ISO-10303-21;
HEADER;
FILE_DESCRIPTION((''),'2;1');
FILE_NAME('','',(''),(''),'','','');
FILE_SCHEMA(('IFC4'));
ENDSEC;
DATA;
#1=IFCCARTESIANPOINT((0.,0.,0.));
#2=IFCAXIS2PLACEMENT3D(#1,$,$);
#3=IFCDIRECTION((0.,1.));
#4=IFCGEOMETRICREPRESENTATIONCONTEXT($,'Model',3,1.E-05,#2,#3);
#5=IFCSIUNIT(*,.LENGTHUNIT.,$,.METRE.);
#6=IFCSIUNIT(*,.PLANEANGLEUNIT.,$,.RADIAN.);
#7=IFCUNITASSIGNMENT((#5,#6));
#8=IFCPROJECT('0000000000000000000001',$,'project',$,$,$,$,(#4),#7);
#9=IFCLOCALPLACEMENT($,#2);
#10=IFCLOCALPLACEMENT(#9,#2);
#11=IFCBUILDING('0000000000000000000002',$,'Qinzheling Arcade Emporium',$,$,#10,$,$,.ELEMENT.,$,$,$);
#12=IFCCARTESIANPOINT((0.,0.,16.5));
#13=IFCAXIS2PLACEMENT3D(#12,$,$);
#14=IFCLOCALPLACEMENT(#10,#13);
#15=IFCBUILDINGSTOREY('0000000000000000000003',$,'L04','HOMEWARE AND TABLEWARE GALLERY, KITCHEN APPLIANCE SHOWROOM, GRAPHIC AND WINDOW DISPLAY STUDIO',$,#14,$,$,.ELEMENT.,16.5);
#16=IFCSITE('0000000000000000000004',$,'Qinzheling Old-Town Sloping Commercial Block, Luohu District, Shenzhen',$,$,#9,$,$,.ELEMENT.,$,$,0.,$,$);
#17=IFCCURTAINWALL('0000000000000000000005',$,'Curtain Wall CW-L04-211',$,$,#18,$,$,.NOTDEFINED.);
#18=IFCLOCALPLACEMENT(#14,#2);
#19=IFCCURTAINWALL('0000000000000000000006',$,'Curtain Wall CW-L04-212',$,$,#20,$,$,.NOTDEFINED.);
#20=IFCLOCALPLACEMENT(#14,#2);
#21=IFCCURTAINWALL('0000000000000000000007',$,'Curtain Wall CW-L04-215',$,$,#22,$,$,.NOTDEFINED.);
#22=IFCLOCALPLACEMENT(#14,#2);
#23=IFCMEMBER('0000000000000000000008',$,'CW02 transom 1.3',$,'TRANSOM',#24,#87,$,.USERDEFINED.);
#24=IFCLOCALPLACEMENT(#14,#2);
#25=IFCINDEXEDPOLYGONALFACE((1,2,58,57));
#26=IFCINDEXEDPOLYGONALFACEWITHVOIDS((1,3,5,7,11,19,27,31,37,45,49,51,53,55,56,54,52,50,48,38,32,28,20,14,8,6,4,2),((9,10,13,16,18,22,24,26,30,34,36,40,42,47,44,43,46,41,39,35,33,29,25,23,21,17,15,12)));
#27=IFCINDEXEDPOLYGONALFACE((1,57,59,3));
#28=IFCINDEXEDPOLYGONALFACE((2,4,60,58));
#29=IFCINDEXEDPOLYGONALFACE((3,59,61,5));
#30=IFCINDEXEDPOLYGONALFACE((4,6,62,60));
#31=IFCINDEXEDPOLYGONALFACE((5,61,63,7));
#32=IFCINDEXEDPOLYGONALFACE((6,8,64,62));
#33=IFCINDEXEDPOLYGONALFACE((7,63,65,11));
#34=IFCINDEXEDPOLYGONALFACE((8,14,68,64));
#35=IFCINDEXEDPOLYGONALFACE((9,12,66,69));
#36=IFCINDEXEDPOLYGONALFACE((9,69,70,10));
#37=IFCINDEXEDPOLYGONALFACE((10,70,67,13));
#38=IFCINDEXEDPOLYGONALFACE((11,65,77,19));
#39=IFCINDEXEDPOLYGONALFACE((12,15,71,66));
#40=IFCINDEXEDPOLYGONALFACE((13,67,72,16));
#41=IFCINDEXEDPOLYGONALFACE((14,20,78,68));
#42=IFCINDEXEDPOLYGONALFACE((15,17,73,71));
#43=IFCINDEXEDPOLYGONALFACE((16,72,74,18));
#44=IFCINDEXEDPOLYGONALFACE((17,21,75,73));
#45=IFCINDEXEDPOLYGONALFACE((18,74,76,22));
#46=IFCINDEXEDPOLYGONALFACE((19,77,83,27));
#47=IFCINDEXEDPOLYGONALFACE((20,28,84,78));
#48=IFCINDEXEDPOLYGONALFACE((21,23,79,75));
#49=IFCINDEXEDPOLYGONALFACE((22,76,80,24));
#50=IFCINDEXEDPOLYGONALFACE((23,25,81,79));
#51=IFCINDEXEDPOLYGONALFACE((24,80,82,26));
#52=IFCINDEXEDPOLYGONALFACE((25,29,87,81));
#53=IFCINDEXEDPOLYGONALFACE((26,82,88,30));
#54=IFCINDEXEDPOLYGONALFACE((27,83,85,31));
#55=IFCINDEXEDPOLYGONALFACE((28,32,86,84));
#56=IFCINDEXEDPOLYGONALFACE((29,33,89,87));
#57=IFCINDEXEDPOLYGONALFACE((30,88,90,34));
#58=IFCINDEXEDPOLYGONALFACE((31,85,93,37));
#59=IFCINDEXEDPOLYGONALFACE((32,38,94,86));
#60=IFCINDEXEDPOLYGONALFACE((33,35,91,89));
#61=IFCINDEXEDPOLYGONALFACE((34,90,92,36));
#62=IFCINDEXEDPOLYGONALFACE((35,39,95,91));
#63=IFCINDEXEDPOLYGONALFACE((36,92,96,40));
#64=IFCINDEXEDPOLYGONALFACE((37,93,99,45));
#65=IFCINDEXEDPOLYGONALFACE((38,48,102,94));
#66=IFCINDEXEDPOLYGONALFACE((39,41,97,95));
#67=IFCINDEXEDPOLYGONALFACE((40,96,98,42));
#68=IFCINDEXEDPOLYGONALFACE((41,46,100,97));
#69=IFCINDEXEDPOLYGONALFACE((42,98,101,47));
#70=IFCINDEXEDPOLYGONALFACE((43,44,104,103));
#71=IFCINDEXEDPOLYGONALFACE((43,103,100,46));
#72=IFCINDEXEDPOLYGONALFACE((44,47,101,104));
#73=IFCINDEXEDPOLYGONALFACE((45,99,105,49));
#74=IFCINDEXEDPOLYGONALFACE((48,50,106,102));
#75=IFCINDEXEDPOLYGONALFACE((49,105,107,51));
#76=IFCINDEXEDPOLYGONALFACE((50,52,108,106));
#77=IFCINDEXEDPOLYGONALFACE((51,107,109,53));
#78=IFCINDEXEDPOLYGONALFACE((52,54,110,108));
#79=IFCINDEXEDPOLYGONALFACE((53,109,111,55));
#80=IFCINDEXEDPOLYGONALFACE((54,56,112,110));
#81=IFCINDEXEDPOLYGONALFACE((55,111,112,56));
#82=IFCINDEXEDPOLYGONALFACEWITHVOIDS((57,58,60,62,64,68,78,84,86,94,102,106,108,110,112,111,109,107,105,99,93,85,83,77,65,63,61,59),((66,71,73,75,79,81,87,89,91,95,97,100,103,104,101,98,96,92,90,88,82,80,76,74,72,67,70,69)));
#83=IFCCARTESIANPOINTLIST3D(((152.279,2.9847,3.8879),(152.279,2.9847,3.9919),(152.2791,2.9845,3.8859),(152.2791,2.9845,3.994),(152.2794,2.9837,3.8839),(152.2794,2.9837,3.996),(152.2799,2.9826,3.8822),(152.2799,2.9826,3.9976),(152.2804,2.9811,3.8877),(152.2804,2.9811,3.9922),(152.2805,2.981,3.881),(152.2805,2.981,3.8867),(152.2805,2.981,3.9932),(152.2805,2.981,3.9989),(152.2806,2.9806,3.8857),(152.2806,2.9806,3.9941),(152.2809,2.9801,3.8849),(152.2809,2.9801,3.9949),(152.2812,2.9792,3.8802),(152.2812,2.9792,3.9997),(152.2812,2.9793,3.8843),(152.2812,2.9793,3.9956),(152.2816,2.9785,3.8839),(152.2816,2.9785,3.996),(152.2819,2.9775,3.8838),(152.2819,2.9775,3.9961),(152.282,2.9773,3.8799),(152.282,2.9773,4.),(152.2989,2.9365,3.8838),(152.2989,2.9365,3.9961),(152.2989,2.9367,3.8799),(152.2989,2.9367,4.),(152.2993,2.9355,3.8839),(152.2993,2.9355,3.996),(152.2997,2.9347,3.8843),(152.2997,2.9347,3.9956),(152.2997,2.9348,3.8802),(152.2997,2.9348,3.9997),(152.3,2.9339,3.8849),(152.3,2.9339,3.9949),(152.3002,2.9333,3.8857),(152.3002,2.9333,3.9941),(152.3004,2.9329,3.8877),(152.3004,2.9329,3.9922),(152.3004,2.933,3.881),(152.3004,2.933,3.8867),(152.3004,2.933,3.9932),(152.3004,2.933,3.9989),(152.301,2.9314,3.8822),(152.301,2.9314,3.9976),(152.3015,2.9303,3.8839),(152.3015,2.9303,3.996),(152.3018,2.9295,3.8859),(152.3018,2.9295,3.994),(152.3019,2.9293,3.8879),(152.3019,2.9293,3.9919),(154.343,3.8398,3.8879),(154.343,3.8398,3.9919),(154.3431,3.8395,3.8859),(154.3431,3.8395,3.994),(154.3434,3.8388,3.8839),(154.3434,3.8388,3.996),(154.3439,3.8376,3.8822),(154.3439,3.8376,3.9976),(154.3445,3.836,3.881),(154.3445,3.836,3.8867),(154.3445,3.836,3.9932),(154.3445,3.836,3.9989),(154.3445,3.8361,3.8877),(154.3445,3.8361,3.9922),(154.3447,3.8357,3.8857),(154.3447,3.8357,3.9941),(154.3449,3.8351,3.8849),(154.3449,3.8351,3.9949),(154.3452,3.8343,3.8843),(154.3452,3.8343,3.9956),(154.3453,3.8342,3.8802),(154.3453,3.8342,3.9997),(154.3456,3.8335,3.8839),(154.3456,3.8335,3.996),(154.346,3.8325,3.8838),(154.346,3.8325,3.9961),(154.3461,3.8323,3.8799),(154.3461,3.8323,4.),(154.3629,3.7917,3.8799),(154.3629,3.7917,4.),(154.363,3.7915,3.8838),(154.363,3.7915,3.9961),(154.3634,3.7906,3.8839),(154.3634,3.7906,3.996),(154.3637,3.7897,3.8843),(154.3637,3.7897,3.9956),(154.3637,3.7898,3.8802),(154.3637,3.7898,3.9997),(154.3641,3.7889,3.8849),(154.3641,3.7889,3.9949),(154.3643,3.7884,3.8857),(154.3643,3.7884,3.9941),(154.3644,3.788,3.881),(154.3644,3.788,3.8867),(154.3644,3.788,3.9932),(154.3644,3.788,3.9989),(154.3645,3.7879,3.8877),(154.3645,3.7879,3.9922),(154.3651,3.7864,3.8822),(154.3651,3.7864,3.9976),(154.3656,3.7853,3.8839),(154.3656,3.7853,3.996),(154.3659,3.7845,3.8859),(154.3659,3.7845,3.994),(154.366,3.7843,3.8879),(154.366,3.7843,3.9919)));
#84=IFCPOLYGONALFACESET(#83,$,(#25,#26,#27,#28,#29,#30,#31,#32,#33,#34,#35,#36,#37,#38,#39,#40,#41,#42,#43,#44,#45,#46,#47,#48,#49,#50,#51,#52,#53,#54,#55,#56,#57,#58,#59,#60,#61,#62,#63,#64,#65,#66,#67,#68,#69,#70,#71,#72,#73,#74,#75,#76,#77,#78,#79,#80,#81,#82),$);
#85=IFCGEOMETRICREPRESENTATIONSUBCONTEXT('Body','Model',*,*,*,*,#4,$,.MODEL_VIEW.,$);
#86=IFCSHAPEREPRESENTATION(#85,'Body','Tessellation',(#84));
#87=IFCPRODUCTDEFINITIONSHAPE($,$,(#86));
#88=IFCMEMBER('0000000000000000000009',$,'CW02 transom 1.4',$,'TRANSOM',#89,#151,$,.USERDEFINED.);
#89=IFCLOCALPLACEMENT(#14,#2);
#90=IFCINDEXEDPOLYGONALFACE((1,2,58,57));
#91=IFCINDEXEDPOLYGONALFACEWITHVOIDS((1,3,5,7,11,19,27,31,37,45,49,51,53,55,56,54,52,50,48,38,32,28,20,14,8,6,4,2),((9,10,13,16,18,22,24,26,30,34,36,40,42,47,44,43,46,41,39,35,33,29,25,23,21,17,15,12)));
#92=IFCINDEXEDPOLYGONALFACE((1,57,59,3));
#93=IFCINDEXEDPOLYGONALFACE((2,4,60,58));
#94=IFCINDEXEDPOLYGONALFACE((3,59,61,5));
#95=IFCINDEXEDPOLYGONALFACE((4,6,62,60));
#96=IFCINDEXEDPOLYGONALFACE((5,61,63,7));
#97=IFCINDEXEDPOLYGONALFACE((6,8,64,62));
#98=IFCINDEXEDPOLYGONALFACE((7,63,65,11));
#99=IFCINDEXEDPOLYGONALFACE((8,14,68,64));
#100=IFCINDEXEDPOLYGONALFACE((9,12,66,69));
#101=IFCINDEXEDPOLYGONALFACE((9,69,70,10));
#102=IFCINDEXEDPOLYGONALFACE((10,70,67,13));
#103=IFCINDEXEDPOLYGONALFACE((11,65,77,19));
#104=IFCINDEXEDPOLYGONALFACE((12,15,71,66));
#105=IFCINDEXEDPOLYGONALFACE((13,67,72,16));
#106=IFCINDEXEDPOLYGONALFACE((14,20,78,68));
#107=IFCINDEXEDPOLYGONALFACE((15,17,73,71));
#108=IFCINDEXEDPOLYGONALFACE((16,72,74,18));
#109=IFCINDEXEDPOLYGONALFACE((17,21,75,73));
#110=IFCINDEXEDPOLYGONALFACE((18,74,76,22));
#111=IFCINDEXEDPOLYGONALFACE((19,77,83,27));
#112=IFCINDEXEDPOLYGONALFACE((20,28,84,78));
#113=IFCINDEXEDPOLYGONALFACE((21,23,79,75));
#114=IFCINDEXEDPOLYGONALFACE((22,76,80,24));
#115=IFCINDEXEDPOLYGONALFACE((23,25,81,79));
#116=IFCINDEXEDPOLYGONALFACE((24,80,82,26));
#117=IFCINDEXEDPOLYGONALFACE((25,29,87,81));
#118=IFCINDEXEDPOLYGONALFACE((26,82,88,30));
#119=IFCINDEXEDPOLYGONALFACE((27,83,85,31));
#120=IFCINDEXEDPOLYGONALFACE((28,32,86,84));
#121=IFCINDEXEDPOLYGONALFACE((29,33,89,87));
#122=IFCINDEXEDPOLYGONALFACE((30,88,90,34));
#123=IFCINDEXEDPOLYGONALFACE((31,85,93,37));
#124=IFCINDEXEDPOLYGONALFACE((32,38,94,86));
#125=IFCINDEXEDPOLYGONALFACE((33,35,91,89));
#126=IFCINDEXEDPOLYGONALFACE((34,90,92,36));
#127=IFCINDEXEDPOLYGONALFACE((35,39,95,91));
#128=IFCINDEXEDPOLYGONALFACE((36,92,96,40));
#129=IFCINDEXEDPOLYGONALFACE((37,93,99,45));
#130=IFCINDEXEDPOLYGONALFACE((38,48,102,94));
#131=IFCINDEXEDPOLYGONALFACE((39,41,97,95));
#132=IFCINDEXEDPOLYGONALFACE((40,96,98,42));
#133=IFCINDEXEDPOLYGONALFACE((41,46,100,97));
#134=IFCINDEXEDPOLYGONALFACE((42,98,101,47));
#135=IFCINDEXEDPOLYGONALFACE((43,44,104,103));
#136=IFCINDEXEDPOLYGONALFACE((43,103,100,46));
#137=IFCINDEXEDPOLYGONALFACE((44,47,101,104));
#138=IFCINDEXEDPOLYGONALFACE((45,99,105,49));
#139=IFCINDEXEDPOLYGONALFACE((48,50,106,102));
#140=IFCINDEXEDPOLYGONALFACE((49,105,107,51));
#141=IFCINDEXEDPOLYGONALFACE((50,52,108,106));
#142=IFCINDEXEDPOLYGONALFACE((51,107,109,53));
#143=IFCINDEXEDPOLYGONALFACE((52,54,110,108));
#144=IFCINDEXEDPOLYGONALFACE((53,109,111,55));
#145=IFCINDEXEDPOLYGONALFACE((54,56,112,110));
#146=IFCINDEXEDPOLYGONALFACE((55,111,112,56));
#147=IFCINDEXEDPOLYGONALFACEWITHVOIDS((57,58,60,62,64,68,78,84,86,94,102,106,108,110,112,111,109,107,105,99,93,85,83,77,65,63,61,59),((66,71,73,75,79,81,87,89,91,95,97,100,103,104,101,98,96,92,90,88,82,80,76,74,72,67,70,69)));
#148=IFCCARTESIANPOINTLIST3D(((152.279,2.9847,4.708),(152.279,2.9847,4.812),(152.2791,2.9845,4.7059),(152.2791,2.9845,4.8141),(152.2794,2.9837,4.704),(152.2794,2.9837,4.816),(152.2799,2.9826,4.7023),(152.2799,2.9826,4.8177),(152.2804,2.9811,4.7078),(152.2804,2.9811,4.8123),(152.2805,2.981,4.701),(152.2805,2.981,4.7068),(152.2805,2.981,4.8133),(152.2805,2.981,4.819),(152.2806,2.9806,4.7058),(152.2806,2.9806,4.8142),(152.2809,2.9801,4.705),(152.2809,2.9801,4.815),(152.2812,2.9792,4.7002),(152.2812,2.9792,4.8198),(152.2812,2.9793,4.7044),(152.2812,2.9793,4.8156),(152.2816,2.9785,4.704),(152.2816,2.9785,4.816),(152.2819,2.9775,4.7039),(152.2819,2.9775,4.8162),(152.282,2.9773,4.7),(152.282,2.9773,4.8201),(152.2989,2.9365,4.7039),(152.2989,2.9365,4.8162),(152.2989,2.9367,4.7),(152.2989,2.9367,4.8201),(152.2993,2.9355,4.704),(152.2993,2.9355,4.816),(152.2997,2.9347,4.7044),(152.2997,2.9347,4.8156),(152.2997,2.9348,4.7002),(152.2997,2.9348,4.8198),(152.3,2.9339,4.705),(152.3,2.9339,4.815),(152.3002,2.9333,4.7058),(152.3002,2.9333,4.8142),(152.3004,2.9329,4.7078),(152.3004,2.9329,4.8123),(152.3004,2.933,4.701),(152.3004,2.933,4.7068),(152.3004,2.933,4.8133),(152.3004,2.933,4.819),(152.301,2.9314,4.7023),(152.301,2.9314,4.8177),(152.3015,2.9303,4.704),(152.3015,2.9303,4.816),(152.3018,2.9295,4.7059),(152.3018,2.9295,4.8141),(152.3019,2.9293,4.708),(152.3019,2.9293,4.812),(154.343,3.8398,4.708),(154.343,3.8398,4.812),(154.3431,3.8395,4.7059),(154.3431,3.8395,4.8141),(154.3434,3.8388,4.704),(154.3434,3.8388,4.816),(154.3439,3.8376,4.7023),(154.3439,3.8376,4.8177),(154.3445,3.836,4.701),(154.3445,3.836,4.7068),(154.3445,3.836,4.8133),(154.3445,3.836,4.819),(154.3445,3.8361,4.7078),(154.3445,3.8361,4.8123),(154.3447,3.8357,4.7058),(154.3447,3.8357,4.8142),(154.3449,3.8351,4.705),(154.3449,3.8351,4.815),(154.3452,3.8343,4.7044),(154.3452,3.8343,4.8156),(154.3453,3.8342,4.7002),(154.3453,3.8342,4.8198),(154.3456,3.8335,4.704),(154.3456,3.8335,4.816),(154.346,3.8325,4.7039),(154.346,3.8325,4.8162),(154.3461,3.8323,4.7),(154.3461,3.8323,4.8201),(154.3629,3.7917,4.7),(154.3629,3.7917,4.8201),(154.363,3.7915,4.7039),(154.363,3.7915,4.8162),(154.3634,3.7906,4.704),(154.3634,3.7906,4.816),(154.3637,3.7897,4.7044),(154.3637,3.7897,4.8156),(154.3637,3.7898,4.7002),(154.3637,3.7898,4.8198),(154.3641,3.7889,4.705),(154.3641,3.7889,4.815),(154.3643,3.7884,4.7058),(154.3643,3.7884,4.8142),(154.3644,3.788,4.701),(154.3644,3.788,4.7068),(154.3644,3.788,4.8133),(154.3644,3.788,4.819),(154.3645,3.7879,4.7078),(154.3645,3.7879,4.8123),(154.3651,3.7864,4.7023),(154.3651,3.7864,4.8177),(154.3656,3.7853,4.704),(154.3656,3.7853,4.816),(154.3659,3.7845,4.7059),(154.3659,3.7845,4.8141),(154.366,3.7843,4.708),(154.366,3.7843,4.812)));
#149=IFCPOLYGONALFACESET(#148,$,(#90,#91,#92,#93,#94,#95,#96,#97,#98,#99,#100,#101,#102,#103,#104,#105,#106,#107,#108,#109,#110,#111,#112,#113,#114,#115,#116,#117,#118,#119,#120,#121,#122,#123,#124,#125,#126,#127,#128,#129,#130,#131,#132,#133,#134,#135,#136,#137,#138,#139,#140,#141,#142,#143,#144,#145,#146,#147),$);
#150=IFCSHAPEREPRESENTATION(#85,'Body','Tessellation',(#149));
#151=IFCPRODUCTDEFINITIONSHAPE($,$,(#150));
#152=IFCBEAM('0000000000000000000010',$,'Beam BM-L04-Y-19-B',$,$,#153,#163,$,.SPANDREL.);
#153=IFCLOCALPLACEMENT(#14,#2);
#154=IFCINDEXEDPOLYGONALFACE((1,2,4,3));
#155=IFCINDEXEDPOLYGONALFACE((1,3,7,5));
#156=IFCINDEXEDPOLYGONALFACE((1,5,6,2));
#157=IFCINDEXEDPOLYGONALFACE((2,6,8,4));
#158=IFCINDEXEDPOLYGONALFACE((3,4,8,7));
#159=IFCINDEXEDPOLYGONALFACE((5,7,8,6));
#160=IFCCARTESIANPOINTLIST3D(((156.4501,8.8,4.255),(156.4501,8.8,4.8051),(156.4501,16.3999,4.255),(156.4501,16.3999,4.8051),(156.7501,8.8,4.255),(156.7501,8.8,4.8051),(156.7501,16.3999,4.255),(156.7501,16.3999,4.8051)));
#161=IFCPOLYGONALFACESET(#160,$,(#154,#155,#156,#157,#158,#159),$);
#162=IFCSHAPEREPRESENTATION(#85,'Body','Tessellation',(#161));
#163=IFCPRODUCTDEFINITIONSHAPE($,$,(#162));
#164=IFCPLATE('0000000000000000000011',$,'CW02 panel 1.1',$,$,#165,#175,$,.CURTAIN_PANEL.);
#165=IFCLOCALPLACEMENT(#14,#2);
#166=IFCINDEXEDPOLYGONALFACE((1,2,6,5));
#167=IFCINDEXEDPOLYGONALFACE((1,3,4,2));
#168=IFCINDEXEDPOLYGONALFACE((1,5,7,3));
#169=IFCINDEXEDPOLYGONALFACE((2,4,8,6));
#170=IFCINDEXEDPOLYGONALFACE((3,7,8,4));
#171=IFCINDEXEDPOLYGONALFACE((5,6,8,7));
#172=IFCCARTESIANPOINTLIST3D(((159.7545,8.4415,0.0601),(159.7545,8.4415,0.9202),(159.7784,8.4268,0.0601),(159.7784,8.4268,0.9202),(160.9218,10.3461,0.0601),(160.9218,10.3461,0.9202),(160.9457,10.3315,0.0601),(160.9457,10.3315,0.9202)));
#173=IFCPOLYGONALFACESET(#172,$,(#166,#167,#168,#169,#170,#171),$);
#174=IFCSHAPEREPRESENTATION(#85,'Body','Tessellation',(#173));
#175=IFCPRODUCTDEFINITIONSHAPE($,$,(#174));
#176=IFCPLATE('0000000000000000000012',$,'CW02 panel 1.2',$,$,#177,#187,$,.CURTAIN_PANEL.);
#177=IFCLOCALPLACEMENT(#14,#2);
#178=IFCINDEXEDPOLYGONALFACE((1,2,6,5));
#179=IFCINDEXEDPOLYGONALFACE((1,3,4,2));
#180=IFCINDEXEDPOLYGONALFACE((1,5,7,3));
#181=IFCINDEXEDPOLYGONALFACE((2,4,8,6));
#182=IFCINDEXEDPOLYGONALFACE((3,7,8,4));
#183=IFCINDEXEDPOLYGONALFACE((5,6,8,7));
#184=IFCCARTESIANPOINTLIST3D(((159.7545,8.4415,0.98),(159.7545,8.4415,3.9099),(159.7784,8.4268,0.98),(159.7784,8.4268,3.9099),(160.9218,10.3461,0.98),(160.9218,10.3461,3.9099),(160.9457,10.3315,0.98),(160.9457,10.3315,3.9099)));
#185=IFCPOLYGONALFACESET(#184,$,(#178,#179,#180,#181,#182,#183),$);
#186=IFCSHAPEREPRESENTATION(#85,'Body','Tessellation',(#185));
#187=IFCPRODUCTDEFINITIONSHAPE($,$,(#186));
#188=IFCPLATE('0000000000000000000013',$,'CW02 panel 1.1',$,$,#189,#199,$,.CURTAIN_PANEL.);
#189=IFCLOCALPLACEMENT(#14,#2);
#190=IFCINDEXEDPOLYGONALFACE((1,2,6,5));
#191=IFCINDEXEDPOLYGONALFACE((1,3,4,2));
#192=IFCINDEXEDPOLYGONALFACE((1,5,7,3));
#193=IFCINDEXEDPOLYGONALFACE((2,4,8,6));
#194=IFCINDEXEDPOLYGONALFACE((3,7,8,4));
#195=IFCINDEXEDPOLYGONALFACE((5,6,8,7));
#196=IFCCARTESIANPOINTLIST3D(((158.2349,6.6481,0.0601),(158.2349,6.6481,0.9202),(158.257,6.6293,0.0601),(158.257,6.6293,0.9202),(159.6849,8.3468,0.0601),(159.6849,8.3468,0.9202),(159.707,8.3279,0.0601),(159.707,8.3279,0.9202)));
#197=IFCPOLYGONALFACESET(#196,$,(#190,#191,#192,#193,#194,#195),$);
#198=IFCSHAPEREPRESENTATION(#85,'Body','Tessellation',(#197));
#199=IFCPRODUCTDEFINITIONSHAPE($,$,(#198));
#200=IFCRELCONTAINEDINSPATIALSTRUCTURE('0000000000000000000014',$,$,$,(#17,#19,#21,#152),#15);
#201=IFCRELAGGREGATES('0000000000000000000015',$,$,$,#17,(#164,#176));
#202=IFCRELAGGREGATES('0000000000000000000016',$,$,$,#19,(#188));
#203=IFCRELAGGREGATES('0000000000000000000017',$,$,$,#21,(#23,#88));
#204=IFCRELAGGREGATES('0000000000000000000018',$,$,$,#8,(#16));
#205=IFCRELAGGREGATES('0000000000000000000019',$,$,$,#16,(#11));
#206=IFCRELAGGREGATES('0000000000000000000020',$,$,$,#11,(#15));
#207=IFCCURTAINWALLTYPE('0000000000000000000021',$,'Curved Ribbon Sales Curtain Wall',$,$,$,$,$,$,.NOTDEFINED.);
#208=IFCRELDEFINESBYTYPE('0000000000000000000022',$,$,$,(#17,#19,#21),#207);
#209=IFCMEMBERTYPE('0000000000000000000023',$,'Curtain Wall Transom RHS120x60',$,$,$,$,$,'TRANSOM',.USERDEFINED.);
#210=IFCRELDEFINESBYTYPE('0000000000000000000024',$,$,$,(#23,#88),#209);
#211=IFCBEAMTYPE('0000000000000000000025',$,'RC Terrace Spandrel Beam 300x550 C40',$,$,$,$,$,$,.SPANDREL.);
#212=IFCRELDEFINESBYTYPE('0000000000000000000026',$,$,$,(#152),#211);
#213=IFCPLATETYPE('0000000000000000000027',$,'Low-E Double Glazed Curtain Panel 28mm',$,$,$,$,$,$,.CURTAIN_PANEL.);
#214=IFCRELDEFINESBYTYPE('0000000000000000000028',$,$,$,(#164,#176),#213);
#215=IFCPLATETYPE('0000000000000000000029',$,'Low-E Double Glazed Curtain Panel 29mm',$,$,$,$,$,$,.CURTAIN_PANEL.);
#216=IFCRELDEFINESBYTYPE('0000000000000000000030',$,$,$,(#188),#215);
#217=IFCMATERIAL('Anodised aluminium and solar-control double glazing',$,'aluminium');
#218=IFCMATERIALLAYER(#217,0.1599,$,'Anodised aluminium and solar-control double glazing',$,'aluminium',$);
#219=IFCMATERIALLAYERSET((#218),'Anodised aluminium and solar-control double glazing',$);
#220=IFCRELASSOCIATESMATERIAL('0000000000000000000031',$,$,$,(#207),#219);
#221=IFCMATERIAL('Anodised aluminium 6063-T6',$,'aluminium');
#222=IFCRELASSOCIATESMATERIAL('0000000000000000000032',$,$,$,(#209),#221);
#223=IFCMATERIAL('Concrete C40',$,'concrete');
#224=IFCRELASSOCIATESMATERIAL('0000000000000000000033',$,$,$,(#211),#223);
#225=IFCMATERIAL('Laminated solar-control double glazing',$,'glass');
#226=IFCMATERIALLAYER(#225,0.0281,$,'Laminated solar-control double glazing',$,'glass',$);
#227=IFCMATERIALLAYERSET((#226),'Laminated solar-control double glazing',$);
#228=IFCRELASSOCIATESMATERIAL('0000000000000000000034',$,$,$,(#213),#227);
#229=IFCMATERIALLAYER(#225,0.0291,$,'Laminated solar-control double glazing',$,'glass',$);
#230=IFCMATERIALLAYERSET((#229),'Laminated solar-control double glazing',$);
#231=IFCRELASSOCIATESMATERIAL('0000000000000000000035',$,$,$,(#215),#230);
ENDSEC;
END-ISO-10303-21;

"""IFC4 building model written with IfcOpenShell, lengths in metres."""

from ifc_helpers import new_model, si_unit, direction, frame, origin, origin_2d, place, context, subcontext, project, spatial, rectangle, hollow_rectangle, extrude, material, layer, layer_set, material_profile, profile_set, type_object, element, aggregate, save


model = new_model("IFC4")

# Units and contexts
model_context = context("Model", 3, precision=1e-05, world=origin(), true_north=direction((0.0, 1.0)))
body_context = subcontext(model_context, "Body", "Model", "MODEL_VIEW")
ifc_project = project(units=[si_unit("LENGTHUNIT", "METRE"), si_unit("PLANEANGLEUNIT", "RADIAN")], contexts=[model_context])

# Site, building, storey
site_placement = place(None, origin())
site = spatial("IfcSite", under=ifc_project, at=site_placement, Name="Qinzheling Old-Town Sloping Commercial Block, Luohu District, Shenzhen", CompositionType="ELEMENT", RefElevation=0.0)
building_placement = place(site_placement, origin())
building = spatial("IfcBuilding", under=site, at=building_placement, Name="Qinzheling Arcade Emporium", CompositionType="ELEMENT")
storey_placement = place(building_placement, frame((0.0, 0.0, 16.5)))
storey = spatial("IfcBuildingStorey", under=building, at=storey_placement, Name="L04", Description="HOMEWARE AND TABLEWARE GALLERY, KITCHEN APPLIANCE SHOWROOM, GRAPHIC AND WINDOW DISPLAY STUDIO", CompositionType="ELEMENT", Elevation=16.5)

# Shared definitions
ifc_material_1 = material(Name="Concrete C40", Category="concrete")

# Curtain wall
ifc_material_2 = material(Name="Anodised aluminium and solar-control double glazing", Category="aluminium")
ifc_layer_1 = layer(ifc_material_2, 0.1599, Name="Anodised aluminium and solar-control double glazing", Category="aluminium")
ifc_layer_set_1 = layer_set([ifc_layer_1], Name="Anodised aluminium and solar-control double glazing")
curtain_wall_type = type_object("IfcCurtainWallType", Name="Curved Ribbon Sales Curtain Wall", PredefinedType="NOTDEFINED", material=ifc_layer_set_1)
curtain_wall_1_placement = place(storey_placement, origin())
curtain_wall_1 = element("IfcCurtainWall", 1, at=curtain_wall_1_placement, inside=storey, type_object=curtain_wall_type, Name="Curtain Wall CW-L04-211", PredefinedType="NOTDEFINED")
ifc_material_3 = material(Name="Anodised aluminium 6063-T6", Category="aluminium")

# Curtain wall
curtain_wall_2_placement = place(storey_placement, origin())
curtain_wall_2 = element("IfcCurtainWall", 2, at=curtain_wall_2_placement, inside=storey, type_object=curtain_wall_type, Name="Curtain Wall CW-L04-212", PredefinedType="NOTDEFINED")

# Curtain wall
curtain_wall_3_placement = place(storey_placement, origin())
curtain_wall_3 = element("IfcCurtainWall", 3, at=curtain_wall_3_placement, inside=storey, type_object=curtain_wall_type, Name="Curtain Wall CW-L04-215", PredefinedType="NOTDEFINED")

# Members
ifc_material_profile_1 = material_profile(ifc_material_3, hollow_rectangle(XDim=0.0601, YDim=0.1201, WallThickness=0.0039, InnerFilletRadius=0.0039, OuterFilletRadius=0.0081, at=origin_2d()), Name="RHS 120x60x4", Category="aluminium")
ifc_profile_set_1 = profile_set([ifc_material_profile_1], Name="Anodised aluminium 6063-T6")
member_type_1 = type_object("IfcMemberType", Name="Curtain Wall Transom RHS120x60", ElementType="TRANSOM", PredefinedType="USERDEFINED", material=ifc_profile_set_1)
member_1_placement = place(storey_placement, frame((154.3545, 3.812, 3.9399), z_axis=(-0.92387, -0.382706, 0.0), x_axis=(0.382706, -0.92387, 0.0)))
member_1 = element("IfcMember", 4, at=member_1_placement, type_object=member_type_1, Name="CW02 transom 1.3", ObjectType="TRANSOM", PredefinedType="USERDEFINED", context=body_context, shape_type="SweptSolid", body=[
    extrude(hollow_rectangle(XDim=0.0601, YDim=0.1201, WallThickness=0.0039, InnerFilletRadius=0.0039, OuterFilletRadius=0.0081, at=origin_2d()), origin(), (0.0, 0.0, 1.0), 2.2341),
])
member_2_placement = place(storey_placement, frame((154.3545, 3.812, 4.76), z_axis=(-0.92387, -0.382706, 0.0), x_axis=(0.382706, -0.92387, 0.0)))
member_2 = element("IfcMember", 5, at=member_2_placement, type_object=member_type_1, Name="CW02 transom 1.4", ObjectType="TRANSOM", PredefinedType="USERDEFINED", context=body_context, shape_type="SweptSolid", body=[
    extrude(hollow_rectangle(XDim=0.0601, YDim=0.1201, WallThickness=0.0039, InnerFilletRadius=0.0039, OuterFilletRadius=0.0081, at=origin_2d()), origin(), (0.0, 0.0, 1.0), 2.2341),
])

# Beam
ifc_material_profile_2 = material_profile(ifc_material_1, rectangle(XDim=0.3, YDim=0.55, at=origin_2d()), Name="RC 300x550", Category="concrete")
ifc_profile_set_2 = profile_set([ifc_material_profile_2], Name="Concrete C40")
beam_type = type_object("IfcBeamType", Name="RC Terrace Spandrel Beam 300x550 C40", PredefinedType="SPANDREL", material=ifc_profile_set_2)
beam_placement = place(storey_placement, frame((156.6001, 8.8, 4.53), z_axis=(0.0, 1.0, 0.0), x_axis=(-1.0, 0.0, 0.0)))
element("IfcBeam", 6, at=beam_placement, inside=storey, type_object=beam_type, Name="Beam BM-L04-Y-19-B", PredefinedType="SPANDREL", context=body_context, shape_type="SweptSolid", body=[
    extrude(rectangle(XDim=0.3, YDim=0.55, at=origin_2d()), origin(), (0.0, 0.0, 1.0), 7.5999),
])

# Plates
ifc_material_4 = material(Name="Laminated solar-control double glazing", Category="glass")
ifc_layer_2 = layer(ifc_material_4, 0.0281, Name="Laminated solar-control double glazing", Category="glass")
ifc_layer_set_2 = layer_set([ifc_layer_2], Name="Laminated solar-control double glazing")
plate_type_1 = type_object("IfcPlateType", Name="Low-E Double Glazed Curtain Panel 28mm", PredefinedType="CURTAIN_PANEL", material=ifc_layer_set_2)
plate_1_placement = place(storey_placement, frame((160.3501, 9.3865, 0.0601), z_axis=(0.0, 0.0, 1.0), x_axis=(-0.522532, -0.85262, 0.0)))
plate_1 = element("IfcPlate", 7, at=plate_1_placement, type_object=plate_type_1, Name="CW02 panel 1.1", PredefinedType="CURTAIN_PANEL", context=body_context, shape_type="SweptSolid", body=[
    extrude(rectangle(XDim=2.2339, YDim=0.0281, at=origin_2d()), origin(), (0.0, 0.0, 1.0), 0.8601),
])
plate_2_placement = place(storey_placement, frame((160.3501, 9.3865, 0.98), z_axis=(0.0, 0.0, 1.0), x_axis=(-0.522532, -0.85262, 0.0)))
plate_2 = element("IfcPlate", 8, at=plate_2_placement, type_object=plate_type_1, Name="CW02 panel 1.2", PredefinedType="CURTAIN_PANEL", context=body_context, shape_type="SweptSolid", body=[
    extrude(rectangle(XDim=2.2339, YDim=0.0281, at=origin_2d()), origin(), (0.0, 0.0, 1.0), 2.9299),
])
aggregate(curtain_wall_1, [plate_1, plate_2])
ifc_layer_3 = layer(ifc_material_4, 0.0291, Name="Laminated solar-control double glazing", Category="glass")
ifc_layer_set_3 = layer_set([ifc_layer_3], Name="Laminated solar-control double glazing")
plate_type_2 = type_object("IfcPlateType", Name="Low-E Double Glazed Curtain Panel 29mm", PredefinedType="CURTAIN_PANEL", material=ifc_layer_set_3)
plate_3_placement = place(storey_placement, frame((158.9709, 7.488, 0.0601), z_axis=(0.0, 0.0, 1.0), x_axis=(-0.64925, -0.760575, 0.0)))
plate_3 = element("IfcPlate", 9, at=plate_3_placement, type_object=plate_type_2, Name="CW02 panel 1.1", PredefinedType="CURTAIN_PANEL", context=body_context, shape_type="SweptSolid", body=[
    extrude(rectangle(XDim=2.2334, YDim=0.0291, at=origin_2d()), origin(), (0.0, 0.0, 1.0), 0.8601),
])
aggregate(curtain_wall_2, [plate_3])
aggregate(curtain_wall_3, [member_1, member_2])

save(model, "model.ifc")
